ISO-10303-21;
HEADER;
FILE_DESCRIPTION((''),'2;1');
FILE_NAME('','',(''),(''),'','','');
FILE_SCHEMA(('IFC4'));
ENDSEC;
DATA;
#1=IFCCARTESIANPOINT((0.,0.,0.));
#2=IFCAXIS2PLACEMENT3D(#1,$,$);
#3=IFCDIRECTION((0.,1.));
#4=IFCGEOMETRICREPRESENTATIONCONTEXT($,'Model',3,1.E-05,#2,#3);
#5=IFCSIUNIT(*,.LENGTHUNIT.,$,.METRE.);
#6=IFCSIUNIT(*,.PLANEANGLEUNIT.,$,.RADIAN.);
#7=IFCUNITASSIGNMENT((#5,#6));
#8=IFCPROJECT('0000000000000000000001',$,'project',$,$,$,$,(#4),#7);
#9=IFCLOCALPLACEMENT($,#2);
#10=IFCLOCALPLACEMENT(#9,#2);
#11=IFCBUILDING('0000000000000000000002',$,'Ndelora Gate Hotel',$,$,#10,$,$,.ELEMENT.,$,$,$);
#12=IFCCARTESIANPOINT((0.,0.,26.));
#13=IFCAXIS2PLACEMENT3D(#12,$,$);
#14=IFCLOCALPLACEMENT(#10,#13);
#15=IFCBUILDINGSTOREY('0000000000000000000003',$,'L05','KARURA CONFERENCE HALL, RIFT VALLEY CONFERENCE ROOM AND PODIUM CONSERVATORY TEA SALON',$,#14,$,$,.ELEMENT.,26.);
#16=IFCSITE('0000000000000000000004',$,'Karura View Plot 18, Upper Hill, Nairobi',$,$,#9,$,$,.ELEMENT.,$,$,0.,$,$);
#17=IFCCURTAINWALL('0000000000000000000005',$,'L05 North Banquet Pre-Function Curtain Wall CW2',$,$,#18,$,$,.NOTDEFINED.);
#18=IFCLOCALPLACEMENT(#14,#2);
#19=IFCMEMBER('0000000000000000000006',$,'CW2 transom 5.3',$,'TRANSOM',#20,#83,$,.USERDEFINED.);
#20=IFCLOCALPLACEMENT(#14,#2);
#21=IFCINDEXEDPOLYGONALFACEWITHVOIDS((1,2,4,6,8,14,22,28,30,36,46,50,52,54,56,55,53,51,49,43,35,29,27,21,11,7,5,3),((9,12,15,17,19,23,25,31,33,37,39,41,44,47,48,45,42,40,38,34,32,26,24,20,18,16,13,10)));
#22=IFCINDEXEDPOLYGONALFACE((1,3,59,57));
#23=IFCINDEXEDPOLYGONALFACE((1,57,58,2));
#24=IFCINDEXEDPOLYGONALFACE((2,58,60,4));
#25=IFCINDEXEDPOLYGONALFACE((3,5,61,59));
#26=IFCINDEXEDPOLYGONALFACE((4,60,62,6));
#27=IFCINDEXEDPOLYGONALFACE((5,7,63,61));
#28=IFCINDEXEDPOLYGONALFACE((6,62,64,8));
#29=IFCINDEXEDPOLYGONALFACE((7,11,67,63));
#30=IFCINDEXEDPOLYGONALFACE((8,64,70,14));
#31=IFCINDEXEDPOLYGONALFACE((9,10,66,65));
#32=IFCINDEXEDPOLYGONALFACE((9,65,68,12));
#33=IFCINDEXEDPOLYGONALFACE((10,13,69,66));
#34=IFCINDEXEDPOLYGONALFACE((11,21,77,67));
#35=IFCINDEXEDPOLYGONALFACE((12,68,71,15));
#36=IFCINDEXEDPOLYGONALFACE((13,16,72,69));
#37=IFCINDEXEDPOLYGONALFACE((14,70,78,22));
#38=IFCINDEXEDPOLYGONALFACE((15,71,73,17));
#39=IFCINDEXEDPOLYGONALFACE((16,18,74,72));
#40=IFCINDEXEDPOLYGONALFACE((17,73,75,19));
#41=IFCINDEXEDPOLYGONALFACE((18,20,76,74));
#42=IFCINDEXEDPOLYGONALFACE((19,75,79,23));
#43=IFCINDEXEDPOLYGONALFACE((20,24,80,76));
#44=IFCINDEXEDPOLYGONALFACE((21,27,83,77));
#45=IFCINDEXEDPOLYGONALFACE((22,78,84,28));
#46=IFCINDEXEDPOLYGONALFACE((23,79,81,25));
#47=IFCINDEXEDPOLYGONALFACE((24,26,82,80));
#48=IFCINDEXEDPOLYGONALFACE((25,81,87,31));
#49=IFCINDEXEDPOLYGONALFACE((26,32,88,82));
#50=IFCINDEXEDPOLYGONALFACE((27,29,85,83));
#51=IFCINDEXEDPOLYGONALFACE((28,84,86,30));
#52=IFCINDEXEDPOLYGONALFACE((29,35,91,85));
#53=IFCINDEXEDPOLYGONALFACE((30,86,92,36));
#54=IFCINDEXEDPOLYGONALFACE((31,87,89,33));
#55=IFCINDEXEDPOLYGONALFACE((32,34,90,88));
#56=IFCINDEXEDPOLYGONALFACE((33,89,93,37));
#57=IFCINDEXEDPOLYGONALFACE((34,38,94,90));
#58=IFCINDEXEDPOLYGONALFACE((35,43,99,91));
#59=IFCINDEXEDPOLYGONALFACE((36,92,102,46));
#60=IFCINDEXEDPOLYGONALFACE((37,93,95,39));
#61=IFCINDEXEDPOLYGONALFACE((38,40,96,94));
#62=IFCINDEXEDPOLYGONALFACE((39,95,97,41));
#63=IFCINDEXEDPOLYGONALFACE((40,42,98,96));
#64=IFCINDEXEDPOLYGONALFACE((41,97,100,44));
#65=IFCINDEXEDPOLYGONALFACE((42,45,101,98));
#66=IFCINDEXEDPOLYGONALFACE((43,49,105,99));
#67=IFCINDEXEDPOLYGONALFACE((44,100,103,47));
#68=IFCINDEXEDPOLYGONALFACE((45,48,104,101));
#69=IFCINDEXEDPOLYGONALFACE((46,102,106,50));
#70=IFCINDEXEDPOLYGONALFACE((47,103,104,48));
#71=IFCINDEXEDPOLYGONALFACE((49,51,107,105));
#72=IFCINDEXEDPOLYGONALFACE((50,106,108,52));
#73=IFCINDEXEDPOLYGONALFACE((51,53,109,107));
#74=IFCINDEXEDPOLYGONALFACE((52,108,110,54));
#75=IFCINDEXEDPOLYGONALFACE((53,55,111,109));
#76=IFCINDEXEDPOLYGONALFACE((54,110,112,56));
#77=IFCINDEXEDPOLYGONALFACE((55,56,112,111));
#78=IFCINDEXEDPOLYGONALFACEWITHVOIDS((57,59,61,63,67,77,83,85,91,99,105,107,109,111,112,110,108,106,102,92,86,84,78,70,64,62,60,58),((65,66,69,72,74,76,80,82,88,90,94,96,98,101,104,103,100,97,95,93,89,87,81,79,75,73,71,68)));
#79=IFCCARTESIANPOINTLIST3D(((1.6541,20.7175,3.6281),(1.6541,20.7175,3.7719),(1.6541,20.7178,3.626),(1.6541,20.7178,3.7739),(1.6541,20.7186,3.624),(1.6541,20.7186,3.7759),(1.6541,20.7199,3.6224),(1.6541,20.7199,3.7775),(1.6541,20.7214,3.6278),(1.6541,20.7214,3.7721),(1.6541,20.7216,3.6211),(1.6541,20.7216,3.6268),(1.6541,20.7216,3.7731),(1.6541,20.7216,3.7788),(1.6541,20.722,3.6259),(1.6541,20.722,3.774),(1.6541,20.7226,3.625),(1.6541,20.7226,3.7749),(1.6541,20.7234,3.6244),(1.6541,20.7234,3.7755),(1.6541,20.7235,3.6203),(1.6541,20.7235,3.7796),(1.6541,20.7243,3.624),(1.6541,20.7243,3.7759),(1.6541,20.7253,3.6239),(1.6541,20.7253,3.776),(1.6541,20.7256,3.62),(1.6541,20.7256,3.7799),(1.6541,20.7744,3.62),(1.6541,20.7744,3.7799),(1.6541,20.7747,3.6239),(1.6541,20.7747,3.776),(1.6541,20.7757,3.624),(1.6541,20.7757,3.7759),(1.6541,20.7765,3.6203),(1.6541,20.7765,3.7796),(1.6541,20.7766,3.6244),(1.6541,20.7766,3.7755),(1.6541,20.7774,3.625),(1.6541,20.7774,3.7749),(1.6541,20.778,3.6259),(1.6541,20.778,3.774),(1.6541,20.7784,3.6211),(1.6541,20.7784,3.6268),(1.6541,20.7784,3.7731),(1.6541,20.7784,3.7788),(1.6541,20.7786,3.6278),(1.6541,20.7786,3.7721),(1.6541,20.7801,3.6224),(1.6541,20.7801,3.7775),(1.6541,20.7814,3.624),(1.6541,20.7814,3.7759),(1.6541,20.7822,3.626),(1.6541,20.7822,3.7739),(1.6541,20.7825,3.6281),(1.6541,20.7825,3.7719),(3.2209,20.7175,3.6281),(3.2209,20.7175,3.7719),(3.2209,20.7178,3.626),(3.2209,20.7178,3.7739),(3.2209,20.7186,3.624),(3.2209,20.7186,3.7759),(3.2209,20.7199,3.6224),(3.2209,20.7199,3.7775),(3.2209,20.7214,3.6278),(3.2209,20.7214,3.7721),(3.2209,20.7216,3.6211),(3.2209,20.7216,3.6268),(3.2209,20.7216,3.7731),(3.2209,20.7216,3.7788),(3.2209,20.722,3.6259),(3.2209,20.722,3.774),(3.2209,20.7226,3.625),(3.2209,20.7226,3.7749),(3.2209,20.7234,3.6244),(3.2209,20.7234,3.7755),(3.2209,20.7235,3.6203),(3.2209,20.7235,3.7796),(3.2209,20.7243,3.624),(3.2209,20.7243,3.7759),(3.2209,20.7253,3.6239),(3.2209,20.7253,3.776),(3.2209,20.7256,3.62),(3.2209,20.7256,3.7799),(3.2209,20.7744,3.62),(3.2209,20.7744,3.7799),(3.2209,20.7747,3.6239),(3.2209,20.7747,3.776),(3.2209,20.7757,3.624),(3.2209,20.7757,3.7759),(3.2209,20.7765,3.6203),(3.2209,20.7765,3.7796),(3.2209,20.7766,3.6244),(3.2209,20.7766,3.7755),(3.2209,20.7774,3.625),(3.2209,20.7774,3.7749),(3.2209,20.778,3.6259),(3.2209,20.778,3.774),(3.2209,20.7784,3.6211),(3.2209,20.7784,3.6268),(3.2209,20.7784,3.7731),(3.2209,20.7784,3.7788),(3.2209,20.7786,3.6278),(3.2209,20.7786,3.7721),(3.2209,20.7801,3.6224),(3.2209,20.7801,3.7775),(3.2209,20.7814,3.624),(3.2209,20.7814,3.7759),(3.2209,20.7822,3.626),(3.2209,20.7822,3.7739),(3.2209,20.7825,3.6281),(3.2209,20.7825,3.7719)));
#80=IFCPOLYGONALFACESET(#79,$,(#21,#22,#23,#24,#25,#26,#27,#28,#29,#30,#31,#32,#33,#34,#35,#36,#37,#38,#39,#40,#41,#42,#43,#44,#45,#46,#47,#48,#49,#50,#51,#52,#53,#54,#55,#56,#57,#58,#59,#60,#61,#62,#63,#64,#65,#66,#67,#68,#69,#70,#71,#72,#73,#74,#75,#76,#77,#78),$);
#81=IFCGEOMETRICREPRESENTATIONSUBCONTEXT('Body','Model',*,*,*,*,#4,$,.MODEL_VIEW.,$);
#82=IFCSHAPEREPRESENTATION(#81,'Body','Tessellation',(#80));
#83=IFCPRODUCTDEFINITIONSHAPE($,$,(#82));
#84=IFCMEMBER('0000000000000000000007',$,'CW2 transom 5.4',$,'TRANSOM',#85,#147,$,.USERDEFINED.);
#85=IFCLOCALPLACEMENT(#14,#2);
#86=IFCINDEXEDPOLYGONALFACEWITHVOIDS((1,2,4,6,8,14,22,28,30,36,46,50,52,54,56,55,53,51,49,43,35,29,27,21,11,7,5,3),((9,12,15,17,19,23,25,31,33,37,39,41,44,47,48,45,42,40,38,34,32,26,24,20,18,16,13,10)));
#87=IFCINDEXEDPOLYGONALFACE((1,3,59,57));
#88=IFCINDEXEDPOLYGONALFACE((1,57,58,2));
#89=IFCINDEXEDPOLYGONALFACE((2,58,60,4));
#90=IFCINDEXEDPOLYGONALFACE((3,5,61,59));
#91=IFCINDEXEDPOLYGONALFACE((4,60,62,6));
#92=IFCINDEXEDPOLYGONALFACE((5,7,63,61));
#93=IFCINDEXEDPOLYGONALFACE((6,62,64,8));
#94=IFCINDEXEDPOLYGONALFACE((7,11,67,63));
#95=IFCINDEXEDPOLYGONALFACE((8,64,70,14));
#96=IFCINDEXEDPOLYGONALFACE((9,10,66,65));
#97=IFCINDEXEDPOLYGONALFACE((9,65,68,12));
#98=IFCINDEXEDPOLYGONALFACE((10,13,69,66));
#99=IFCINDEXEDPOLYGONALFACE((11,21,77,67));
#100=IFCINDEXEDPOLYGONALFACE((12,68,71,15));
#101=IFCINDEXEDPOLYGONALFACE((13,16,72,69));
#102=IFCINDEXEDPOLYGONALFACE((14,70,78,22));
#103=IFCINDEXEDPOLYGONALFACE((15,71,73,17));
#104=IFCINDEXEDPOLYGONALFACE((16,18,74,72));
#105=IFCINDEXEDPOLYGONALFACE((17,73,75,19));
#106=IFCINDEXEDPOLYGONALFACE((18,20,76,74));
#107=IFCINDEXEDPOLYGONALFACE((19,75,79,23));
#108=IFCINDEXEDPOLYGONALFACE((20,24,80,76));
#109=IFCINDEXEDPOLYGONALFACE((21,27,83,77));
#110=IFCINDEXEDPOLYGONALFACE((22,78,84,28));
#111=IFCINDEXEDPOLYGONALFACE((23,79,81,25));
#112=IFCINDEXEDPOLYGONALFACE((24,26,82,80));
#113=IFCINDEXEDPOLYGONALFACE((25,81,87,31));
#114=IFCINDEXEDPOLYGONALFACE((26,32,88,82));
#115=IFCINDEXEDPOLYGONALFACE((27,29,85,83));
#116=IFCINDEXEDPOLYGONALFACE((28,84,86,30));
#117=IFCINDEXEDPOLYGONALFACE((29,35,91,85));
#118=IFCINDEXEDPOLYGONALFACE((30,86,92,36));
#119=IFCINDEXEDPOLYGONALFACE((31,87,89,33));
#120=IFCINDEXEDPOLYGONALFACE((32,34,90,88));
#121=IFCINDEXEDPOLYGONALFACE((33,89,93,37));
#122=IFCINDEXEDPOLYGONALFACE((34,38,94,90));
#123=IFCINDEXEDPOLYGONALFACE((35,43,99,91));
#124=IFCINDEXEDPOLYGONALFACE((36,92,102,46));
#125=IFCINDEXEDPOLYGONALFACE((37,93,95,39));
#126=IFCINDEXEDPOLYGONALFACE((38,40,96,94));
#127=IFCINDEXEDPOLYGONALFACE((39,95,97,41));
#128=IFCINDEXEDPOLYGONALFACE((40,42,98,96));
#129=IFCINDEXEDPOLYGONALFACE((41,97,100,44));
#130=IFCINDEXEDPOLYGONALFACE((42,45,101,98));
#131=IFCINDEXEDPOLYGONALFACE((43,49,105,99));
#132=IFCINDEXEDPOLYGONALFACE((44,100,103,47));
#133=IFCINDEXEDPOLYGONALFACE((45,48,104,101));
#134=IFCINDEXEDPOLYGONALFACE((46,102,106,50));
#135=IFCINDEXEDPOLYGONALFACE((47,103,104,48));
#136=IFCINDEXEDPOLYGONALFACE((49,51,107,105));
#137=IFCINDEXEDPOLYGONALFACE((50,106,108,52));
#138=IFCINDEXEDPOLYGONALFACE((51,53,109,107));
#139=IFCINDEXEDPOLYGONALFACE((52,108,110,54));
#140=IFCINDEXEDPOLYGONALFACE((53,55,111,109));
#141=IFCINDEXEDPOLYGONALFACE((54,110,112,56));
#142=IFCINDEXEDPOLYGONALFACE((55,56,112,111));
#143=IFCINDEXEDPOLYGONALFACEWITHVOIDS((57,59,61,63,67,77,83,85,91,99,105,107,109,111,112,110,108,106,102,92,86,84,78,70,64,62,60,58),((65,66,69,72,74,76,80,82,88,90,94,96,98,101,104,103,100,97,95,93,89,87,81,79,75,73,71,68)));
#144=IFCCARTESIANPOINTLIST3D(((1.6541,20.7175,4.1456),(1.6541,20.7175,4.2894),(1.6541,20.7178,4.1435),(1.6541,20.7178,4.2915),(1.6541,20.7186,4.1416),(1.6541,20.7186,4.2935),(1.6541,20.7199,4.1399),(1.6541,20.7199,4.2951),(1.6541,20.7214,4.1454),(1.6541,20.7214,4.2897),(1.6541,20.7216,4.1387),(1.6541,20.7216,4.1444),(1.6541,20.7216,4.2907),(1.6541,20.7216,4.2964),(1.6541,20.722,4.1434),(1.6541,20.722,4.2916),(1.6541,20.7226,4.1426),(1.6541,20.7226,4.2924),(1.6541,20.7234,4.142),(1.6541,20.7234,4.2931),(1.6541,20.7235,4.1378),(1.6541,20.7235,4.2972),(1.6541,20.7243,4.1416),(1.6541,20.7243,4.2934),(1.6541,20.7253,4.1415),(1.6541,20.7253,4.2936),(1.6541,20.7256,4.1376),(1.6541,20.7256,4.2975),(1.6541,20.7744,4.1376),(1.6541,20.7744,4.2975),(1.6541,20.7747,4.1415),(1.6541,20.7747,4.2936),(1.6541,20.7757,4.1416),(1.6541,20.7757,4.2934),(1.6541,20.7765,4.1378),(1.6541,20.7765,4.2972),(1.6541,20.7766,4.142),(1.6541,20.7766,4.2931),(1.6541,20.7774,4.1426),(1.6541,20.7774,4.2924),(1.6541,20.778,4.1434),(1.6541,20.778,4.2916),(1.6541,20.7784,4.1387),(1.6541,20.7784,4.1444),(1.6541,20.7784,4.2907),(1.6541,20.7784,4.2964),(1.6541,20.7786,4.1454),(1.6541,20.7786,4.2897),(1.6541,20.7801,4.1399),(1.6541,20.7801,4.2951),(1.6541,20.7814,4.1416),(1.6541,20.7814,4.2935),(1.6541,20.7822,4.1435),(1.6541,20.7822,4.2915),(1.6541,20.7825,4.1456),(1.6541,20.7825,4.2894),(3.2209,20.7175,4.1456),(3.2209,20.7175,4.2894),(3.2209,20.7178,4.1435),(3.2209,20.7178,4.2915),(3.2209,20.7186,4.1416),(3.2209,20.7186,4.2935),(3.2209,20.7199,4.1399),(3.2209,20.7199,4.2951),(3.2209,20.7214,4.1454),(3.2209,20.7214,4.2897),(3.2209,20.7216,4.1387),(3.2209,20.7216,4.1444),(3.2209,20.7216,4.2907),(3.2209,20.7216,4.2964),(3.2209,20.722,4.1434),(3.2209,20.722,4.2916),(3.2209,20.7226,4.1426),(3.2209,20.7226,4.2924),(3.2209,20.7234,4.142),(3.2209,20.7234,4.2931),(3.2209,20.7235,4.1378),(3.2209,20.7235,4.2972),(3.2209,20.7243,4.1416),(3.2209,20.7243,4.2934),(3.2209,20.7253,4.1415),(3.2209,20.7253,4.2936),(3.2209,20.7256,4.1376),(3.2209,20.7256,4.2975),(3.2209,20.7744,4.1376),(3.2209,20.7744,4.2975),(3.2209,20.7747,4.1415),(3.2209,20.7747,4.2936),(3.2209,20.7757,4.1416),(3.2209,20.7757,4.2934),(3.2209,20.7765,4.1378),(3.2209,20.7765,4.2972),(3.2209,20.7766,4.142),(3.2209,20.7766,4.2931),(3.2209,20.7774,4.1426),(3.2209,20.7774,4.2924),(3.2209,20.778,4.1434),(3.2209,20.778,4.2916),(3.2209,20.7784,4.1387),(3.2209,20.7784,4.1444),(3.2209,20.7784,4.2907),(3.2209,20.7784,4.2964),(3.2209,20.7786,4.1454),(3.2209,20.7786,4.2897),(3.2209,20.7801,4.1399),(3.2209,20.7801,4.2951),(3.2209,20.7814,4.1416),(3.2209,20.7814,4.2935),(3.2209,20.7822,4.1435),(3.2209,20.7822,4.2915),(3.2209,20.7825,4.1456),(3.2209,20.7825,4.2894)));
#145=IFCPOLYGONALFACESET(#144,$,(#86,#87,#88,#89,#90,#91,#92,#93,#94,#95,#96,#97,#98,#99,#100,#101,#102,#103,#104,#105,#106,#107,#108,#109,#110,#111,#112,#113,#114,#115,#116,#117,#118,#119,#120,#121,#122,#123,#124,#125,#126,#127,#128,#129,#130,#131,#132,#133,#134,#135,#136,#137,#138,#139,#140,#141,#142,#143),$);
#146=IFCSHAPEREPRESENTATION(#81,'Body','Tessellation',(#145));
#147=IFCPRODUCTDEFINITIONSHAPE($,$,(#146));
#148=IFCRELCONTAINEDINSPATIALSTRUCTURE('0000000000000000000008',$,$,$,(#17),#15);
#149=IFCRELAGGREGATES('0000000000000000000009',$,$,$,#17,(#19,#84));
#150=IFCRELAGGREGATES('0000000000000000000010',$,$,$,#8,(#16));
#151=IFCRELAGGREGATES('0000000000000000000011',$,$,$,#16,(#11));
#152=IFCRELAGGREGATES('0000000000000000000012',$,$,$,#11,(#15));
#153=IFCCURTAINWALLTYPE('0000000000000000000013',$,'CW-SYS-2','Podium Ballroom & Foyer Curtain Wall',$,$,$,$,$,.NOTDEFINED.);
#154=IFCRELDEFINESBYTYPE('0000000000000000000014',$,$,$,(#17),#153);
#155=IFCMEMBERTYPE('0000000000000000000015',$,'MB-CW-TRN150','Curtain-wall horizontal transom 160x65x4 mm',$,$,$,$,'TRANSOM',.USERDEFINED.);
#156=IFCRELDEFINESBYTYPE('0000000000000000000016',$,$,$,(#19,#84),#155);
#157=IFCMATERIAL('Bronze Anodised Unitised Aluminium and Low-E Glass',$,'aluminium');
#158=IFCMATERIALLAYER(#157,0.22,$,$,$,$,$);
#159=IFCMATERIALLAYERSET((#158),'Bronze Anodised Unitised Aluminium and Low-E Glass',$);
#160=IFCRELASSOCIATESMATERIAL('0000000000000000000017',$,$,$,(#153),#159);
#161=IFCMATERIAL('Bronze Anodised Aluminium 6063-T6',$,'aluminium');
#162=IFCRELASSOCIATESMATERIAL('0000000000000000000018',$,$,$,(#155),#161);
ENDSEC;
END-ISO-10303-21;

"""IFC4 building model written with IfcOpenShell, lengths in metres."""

from ifc_helpers import new_model, si_unit, direction, frame, origin, origin_2d, place, context, subcontext, project, spatial, hollow_rectangle, extrude, material, layer, layer_set, material_profile, profile_set, type_object, element, aggregate, save


model = new_model("IFC4")

# Units and contexts
model_context = context("Model", 3, precision=1e-05, world=origin(), true_north=direction((0.0, 1.0)))
body_context = subcontext(model_context, "Body", "Model", "MODEL_VIEW")
ifc_project = project(units=[si_unit("LENGTHUNIT", "METRE"), si_unit("PLANEANGLEUNIT", "RADIAN")], contexts=[model_context])

# Site, building, storey
site_placement = place(None, origin())
site = spatial("IfcSite", under=ifc_project, at=site_placement, Name="Karura View Plot 18, Upper Hill, Nairobi", CompositionType="ELEMENT", RefElevation=0.0)
building_placement = place(site_placement, origin())
building = spatial("IfcBuilding", under=site, at=building_placement, Name="Ndelora Gate Hotel", CompositionType="ELEMENT")
storey_placement = place(building_placement, frame((0.0, 0.0, 26.0)))
storey = spatial("IfcBuildingStorey", under=building, at=storey_placement, Name="L05", Description="KARURA CONFERENCE HALL, RIFT VALLEY CONFERENCE ROOM AND PODIUM CONSERVATORY TEA SALON", CompositionType="ELEMENT", Elevation=26.0)

# Curtain wall, members
ifc_material_1 = material(Name="Bronze Anodised Unitised Aluminium and Low-E Glass", Category="aluminium")
ifc_layer_1 = layer(ifc_material_1, 0.22)
ifc_layer_set_1 = layer_set([ifc_layer_1], Name="Bronze Anodised Unitised Aluminium and Low-E Glass")
curtain_wall_type = type_object("IfcCurtainWallType", Name="CW-SYS-2", Description="Podium Ballroom & Foyer Curtain Wall", PredefinedType="NOTDEFINED", material=ifc_layer_set_1)
curtain_wall_placement = place(storey_placement, origin())
curtain_wall = element("IfcCurtainWall", 1, at=curtain_wall_placement, inside=storey, type_object=curtain_wall_type, Name="L05 North Banquet Pre-Function Curtain Wall CW2", PredefinedType="NOTDEFINED")
ifc_material_2 = material(Name="Bronze Anodised Aluminium 6063-T6", Category="aluminium")
ifc_material_profile_1 = material_profile(ifc_material_2, hollow_rectangle(XDim=0.0649, YDim=0.1599, WallThickness=0.0039, InnerFilletRadius=0.0039, OuterFilletRadius=0.0081, at=origin_2d()), Name="ALU 160x65x4")
ifc_profile_set_1 = profile_set([ifc_material_profile_1], Name="Bronze Anodised Aluminium 6063-T6")
member_type_1 = type_object("IfcMemberType", Name="MB-CW-TRN150", Description="Curtain-wall horizontal transom 160x65x4 mm", ElementType="TRANSOM", PredefinedType="USERDEFINED", material=ifc_profile_set_1)
member_1_placement = place(storey_placement, frame((3.2209, 20.75, 3.7), z_axis=(-1.0, 0.0, 0.0), x_axis=(0.0, -1.0, 0.0)))
member_1 = element("IfcMember", 2, at=member_1_placement, type_object=member_type_1, Name="CW2 transom 5.3", ObjectType="TRANSOM", PredefinedType="USERDEFINED", context=body_context, shape_type="SweptSolid", body=[
    extrude(hollow_rectangle(XDim=0.0649, YDim=0.1599, WallThickness=0.0039, InnerFilletRadius=0.0039, OuterFilletRadius=0.0081, at=origin_2d()), origin(), (0.0, 0.0, 1.0), 1.5669),
])
member_2_placement = place(storey_placement, frame((3.2209, 20.75, 4.2175), z_axis=(-1.0, 0.0, 0.0), x_axis=(0.0, -1.0, 0.0)))
member_2 = element("IfcMember", 3, at=member_2_placement, type_object=member_type_1, Name="CW2 transom 5.4", ObjectType="TRANSOM", PredefinedType="USERDEFINED", context=body_context, shape_type="SweptSolid", body=[
    extrude(hollow_rectangle(XDim=0.0649, YDim=0.1599, WallThickness=0.0039, InnerFilletRadius=0.0039, OuterFilletRadius=0.0081, at=origin_2d()), origin(), (0.0, 0.0, 1.0), 1.5669),
])
aggregate(curtain_wall, [member_1, member_2])

save(model, "model.ifc")
